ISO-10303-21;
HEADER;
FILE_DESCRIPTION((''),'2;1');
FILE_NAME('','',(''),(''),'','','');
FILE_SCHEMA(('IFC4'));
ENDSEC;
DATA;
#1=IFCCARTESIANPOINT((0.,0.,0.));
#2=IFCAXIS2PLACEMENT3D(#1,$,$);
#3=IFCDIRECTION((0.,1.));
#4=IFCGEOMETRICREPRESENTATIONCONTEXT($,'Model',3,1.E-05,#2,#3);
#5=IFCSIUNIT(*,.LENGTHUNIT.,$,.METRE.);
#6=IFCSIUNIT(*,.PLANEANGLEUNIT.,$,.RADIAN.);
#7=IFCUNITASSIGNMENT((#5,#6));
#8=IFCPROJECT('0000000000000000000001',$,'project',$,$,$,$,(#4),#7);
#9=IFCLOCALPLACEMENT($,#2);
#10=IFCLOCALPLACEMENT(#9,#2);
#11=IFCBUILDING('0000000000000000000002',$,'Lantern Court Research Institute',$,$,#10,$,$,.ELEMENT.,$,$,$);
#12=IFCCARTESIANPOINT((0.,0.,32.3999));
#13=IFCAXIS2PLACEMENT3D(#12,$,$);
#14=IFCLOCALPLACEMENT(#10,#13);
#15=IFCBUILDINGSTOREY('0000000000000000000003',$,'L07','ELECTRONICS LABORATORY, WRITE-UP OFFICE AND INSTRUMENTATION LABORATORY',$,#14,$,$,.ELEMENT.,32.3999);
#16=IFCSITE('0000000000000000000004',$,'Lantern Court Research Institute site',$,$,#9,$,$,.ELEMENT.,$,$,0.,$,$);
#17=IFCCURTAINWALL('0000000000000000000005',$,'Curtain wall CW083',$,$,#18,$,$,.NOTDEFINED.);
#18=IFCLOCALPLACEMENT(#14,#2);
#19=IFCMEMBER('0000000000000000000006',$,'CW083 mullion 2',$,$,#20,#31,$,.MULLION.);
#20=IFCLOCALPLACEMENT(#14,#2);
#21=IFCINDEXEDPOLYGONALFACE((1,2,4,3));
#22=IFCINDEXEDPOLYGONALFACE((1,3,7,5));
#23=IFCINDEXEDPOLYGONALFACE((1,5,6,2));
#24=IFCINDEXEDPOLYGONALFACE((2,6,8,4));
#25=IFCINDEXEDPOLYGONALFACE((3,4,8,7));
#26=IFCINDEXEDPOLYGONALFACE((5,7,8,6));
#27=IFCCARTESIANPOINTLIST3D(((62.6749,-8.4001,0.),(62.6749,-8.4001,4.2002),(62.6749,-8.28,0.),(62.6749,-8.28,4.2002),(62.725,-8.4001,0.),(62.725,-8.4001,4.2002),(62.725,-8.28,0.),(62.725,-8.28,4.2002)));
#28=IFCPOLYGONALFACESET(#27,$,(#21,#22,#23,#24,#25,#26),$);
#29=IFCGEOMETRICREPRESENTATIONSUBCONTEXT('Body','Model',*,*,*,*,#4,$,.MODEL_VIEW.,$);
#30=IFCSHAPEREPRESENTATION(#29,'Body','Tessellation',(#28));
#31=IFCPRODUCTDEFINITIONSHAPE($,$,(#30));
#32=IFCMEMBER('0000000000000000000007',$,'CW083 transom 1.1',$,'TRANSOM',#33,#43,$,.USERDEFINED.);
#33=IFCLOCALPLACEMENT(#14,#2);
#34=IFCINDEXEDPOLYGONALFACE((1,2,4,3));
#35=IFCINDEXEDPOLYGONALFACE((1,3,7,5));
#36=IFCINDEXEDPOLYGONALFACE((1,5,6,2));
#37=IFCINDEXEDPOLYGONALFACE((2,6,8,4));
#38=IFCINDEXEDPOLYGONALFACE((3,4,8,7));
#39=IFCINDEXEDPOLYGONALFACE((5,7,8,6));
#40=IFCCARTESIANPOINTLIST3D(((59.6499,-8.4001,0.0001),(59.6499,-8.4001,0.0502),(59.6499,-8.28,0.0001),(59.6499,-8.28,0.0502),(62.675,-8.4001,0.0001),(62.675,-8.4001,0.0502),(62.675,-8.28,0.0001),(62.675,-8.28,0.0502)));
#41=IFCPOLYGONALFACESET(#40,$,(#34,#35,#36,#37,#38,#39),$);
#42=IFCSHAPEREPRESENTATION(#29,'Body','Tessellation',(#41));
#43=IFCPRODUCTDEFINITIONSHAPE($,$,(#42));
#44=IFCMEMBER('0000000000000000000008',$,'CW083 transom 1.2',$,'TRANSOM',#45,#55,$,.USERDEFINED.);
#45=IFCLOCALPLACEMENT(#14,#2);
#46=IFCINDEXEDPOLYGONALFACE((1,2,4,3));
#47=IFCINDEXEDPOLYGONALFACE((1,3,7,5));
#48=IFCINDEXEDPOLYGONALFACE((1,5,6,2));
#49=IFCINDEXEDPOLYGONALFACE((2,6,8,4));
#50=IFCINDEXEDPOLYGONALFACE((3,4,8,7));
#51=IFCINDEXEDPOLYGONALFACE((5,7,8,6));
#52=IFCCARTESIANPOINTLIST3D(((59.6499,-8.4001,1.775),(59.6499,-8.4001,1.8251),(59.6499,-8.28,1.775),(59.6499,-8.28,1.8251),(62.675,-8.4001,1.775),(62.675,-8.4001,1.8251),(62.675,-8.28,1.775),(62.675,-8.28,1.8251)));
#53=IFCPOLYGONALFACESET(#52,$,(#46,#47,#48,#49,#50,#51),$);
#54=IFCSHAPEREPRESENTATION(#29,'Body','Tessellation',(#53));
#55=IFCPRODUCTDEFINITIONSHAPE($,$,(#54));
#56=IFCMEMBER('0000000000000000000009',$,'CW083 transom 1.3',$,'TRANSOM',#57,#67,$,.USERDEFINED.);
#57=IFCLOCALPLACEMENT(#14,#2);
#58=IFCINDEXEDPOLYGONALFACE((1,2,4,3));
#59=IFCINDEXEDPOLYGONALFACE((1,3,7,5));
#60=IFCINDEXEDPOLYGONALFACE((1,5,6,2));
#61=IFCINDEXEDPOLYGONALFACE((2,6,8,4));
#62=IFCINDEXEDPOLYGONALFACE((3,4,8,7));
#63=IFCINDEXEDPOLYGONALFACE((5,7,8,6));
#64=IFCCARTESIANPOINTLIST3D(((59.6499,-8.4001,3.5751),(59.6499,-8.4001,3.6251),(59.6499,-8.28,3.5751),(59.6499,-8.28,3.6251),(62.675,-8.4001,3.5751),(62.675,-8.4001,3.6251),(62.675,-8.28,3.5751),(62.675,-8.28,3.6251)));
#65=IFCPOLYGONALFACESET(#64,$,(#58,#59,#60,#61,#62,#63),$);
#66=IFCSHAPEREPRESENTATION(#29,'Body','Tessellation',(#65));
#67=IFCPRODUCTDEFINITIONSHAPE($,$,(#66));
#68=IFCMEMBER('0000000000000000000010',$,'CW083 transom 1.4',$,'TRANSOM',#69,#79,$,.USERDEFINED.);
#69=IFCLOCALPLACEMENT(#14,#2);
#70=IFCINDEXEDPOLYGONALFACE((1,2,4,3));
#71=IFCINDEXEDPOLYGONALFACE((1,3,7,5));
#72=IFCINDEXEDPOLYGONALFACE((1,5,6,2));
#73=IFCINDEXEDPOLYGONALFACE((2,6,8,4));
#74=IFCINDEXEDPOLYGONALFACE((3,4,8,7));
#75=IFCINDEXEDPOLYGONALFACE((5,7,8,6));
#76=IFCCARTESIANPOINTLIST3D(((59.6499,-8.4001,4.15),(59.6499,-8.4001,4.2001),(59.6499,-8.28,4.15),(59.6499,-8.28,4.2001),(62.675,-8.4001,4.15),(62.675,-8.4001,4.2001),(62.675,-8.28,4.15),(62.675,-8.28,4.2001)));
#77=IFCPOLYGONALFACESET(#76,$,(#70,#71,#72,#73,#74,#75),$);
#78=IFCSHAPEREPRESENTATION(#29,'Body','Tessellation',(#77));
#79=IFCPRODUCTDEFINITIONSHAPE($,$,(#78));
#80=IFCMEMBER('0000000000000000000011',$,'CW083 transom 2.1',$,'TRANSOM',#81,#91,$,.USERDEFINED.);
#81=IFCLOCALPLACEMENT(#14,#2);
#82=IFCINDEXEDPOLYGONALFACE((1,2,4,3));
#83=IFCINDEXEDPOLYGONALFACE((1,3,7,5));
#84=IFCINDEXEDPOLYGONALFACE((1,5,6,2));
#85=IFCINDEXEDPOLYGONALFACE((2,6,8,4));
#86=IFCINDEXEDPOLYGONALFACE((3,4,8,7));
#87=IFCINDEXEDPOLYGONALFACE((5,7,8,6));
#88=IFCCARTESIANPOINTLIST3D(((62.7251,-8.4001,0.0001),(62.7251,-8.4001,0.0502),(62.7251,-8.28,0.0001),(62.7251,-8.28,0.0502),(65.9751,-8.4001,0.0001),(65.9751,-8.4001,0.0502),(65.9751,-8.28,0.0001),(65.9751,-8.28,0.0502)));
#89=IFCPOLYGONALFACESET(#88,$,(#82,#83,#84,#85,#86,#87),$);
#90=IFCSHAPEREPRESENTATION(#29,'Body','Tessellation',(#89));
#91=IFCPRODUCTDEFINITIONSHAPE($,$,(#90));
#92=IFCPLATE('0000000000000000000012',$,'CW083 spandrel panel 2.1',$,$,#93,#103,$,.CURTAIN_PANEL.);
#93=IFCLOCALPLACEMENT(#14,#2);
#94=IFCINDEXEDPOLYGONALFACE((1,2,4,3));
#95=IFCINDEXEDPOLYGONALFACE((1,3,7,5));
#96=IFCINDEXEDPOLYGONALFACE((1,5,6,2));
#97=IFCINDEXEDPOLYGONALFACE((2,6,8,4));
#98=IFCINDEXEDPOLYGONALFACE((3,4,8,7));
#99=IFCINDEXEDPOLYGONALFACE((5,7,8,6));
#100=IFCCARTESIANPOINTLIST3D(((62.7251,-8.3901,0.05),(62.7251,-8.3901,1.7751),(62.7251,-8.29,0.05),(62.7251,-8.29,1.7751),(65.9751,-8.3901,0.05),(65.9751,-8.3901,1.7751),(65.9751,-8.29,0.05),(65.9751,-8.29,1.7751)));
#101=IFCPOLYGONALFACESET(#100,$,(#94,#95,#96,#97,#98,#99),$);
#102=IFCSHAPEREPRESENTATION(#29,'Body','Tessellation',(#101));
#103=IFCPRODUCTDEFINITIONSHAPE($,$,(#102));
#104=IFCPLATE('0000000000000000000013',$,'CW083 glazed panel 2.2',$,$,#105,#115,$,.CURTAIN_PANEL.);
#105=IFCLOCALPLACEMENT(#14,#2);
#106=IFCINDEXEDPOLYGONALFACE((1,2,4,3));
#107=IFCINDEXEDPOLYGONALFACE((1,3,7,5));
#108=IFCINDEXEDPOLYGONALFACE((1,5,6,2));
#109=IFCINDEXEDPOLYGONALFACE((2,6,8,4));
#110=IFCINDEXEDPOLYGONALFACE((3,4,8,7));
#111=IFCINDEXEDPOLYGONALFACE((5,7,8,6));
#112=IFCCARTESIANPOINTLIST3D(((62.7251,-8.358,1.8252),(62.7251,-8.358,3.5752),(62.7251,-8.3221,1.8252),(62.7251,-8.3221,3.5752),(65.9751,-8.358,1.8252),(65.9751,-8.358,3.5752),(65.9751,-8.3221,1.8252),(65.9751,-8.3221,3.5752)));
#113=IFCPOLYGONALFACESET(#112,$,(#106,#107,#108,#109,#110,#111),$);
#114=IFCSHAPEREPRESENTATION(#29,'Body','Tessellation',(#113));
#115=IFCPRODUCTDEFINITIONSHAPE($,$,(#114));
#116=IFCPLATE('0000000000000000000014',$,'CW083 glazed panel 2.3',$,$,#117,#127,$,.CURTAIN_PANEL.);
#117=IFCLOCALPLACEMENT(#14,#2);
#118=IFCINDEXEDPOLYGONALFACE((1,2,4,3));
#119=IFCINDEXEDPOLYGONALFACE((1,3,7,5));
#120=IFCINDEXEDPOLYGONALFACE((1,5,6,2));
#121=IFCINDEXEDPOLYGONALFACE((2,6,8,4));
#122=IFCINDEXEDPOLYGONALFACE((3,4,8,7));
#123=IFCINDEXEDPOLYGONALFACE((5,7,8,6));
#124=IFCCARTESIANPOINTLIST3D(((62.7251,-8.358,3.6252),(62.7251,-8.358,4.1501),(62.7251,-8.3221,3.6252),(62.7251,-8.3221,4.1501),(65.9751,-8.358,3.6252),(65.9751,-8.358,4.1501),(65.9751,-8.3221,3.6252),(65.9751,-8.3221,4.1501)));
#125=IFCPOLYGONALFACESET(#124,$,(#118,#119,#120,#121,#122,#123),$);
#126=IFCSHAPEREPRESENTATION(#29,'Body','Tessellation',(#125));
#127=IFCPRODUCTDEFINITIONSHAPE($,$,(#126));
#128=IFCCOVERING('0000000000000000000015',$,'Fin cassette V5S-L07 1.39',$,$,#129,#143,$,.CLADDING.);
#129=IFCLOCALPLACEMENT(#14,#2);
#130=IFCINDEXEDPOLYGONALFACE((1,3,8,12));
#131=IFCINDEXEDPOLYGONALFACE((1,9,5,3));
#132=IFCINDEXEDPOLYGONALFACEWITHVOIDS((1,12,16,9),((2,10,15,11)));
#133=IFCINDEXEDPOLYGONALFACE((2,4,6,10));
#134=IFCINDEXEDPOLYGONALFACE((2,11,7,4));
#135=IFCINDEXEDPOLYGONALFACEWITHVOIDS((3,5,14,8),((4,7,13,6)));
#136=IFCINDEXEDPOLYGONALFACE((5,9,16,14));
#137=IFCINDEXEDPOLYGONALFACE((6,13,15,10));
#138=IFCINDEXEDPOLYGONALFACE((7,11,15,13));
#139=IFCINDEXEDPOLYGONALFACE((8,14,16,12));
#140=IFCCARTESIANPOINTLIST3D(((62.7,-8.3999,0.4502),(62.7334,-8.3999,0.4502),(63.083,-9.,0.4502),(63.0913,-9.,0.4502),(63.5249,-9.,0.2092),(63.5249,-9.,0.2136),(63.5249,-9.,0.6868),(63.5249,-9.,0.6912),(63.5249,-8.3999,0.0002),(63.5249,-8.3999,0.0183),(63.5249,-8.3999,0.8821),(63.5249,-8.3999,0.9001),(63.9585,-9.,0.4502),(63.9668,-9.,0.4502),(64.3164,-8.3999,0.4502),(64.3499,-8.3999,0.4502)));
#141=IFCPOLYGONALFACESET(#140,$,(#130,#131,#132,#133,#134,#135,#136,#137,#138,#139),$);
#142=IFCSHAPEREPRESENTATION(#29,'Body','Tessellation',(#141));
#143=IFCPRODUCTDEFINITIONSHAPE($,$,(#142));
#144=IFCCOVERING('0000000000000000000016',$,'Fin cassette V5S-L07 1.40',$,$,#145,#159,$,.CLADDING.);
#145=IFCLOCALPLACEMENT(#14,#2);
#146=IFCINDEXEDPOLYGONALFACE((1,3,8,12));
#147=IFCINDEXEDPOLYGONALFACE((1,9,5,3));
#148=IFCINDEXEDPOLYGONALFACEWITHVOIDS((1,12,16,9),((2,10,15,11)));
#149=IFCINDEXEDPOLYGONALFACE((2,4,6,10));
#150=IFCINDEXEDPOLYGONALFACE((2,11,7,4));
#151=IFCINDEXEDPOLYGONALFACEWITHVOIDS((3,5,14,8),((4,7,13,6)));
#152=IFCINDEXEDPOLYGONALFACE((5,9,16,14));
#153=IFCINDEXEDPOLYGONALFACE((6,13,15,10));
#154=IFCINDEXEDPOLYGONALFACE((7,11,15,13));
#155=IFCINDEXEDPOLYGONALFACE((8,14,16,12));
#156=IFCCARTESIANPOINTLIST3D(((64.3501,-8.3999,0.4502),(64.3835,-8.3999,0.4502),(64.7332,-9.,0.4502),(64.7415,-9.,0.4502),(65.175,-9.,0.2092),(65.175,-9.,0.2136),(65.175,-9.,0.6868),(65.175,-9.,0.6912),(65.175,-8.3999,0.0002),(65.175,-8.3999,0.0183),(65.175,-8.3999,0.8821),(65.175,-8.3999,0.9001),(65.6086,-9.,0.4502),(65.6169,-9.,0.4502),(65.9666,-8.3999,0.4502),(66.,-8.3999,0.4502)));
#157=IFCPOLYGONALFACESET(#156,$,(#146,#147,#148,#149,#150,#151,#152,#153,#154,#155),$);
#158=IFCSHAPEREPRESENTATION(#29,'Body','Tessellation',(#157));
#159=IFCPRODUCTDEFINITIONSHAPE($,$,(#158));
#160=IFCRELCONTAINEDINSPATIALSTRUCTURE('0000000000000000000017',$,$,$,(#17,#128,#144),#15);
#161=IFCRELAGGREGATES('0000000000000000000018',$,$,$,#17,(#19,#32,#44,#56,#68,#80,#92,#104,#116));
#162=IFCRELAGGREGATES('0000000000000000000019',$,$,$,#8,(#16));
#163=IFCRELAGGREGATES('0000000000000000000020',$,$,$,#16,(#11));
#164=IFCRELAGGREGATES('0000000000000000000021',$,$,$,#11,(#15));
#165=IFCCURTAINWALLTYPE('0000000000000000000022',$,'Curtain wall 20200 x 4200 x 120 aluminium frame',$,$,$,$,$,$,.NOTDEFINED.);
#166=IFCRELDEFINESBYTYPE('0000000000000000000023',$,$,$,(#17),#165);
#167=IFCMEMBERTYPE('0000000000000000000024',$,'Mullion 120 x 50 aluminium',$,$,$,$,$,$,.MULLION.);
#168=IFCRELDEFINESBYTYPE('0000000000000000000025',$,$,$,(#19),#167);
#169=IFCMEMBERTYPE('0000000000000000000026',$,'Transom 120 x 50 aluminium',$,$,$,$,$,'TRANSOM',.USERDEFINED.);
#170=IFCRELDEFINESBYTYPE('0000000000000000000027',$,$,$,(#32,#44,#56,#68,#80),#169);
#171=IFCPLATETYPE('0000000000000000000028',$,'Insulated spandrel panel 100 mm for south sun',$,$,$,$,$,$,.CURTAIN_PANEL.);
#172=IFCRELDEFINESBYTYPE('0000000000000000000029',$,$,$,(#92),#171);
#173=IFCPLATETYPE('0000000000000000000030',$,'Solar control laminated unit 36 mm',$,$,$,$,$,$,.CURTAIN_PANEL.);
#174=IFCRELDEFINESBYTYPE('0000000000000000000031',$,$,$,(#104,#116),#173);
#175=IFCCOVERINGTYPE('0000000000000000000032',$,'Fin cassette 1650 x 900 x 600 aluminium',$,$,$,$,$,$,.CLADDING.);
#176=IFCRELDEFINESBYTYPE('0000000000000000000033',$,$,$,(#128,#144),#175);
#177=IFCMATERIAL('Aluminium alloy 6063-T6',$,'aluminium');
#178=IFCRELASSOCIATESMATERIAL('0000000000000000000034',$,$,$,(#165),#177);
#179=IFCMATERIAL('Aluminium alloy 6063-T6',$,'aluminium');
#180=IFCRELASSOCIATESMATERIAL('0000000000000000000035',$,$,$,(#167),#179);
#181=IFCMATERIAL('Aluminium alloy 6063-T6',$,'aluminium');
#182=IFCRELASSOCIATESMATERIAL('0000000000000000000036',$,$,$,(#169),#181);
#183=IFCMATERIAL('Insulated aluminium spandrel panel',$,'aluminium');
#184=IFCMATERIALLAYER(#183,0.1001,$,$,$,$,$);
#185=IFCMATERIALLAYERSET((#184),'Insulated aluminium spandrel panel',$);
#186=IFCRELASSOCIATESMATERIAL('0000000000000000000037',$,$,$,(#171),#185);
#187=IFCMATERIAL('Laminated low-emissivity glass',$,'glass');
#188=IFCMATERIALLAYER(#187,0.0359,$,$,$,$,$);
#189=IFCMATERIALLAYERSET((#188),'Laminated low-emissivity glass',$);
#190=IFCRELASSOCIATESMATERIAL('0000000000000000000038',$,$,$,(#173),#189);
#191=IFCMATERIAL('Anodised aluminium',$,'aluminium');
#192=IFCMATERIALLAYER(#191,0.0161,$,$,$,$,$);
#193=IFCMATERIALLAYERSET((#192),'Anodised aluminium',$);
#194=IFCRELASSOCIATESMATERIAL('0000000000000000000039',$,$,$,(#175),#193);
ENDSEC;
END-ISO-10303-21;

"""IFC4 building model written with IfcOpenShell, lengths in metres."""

from ifc_helpers import new_model, entity, si_unit, direction, frame, origin, origin_2d, place, context, subcontext, project, spatial, rectangle, extrude, material, layer, layer_set, material_profile, profile_set, type_object, element, aggregate, save


model = new_model("IFC4")

# Units and contexts
model_context = context("Model", 3, precision=1e-05, world=origin(), true_north=direction((0.0, 1.0)))
body_context = subcontext(model_context, "Body", "Model", "MODEL_VIEW")
ifc_project = project(units=[si_unit("LENGTHUNIT", "METRE"), si_unit("PLANEANGLEUNIT", "RADIAN")], contexts=[model_context])

# Site, building, storey
site_placement = place(None, origin())
site = spatial("IfcSite", under=ifc_project, at=site_placement, Name="Lantern Court Research Institute site", CompositionType="ELEMENT", RefElevation=0.0)
building_placement = place(site_placement, origin())
building = spatial("IfcBuilding", under=site, at=building_placement, Name="Lantern Court Research Institute", CompositionType="ELEMENT")
storey_placement = place(building_placement, frame((0.0, 0.0, 32.3999)))
storey = spatial("IfcBuildingStorey", under=building, at=storey_placement, Name="L07", Description="ELECTRONICS LABORATORY, WRITE-UP OFFICE AND INSTRUMENTATION LABORATORY", CompositionType="ELEMENT", Elevation=32.3999)

# Curtain wall, members, plates
ifc_material_1 = material(Name="Aluminium alloy 6063-T6", Category="aluminium")
curtain_wall_type = type_object("IfcCurtainWallType", Name="Curtain wall 20200 x 4200 x 120 aluminium frame", PredefinedType="NOTDEFINED", material=ifc_material_1)
curtain_wall_placement = place(storey_placement, origin())
curtain_wall = element("IfcCurtainWall", 1, at=curtain_wall_placement, inside=storey, type_object=curtain_wall_type, Name="Curtain wall CW083", PredefinedType="NOTDEFINED")
ifc_material_2 = material(Name="Aluminium alloy 6063-T6", Category="aluminium")
ifc_material_profile_1 = material_profile(ifc_material_2, rectangle(XDim=0.1201, YDim=0.05, at=origin_2d()), Name="Mullion 120 x 50")
ifc_profile_set_1 = profile_set([ifc_material_profile_1], Name="Aluminium alloy 6063-T6")
member_type_1 = type_object("IfcMemberType", Name="Mullion 120 x 50 aluminium", PredefinedType="MULLION", material=ifc_profile_set_1)
member_1_placement = place(storey_placement, frame((62.7, -8.3401, 0.0), z_axis=(0.0, 0.0, 1.0), x_axis=(0.0, -1.0, 0.0)))
member_1 = element("IfcMember", 2, at=member_1_placement, type_object=member_type_1, Name="CW083 mullion 2", PredefinedType="MULLION", context=body_context, shape_type="SweptSolid", body=[
    extrude(rectangle(XDim=0.1201, YDim=0.05, at=origin_2d()), origin(), (0.0, 0.0, 1.0), 4.2002),
])
ifc_material_3 = material(Name="Aluminium alloy 6063-T6", Category="aluminium")
ifc_material_profile_2 = material_profile(ifc_material_3, rectangle(XDim=0.1201, YDim=0.05, at=origin_2d()), Name="Transom 120 x 50")
ifc_profile_set_2 = profile_set([ifc_material_profile_2], Name="Aluminium alloy 6063-T6")
member_type_2 = type_object("IfcMemberType", Name="Transom 120 x 50 aluminium", ElementType="TRANSOM", PredefinedType="USERDEFINED", material=ifc_profile_set_2)
member_2_placement = place(storey_placement, frame((62.675, -8.3401, 0.0251), z_axis=(-1.0, 0.0, 0.0), x_axis=(0.0, -1.0, 0.0)))
member_2 = element("IfcMember", 3, at=member_2_placement, type_object=member_type_2, Name="CW083 transom 1.1", ObjectType="TRANSOM", PredefinedType="USERDEFINED", context=body_context, shape_type="SweptSolid", body=[
    extrude(rectangle(XDim=0.1201, YDim=0.05, at=origin_2d()), origin(), (0.0, 0.0, 1.0), 3.0251),
])
member_3_placement = place(storey_placement, frame((62.675, -8.3401, 1.8), z_axis=(-1.0, 0.0, 0.0), x_axis=(0.0, -1.0, 0.0)))
member_3 = element("IfcMember", 4, at=member_3_placement, type_object=member_type_2, Name="CW083 transom 1.2", ObjectType="TRANSOM", PredefinedType="USERDEFINED", context=body_context, shape_type="SweptSolid", body=[
    extrude(rectangle(XDim=0.1201, YDim=0.05, at=origin_2d()), origin(), (0.0, 0.0, 1.0), 3.0251),
])
member_4_placement = place(storey_placement, frame((62.675, -8.3401, 3.6001), z_axis=(-1.0, 0.0, 0.0), x_axis=(0.0, -1.0, 0.0)))
member_4 = element("IfcMember", 5, at=member_4_placement, type_object=member_type_2, Name="CW083 transom 1.3", ObjectType="TRANSOM", PredefinedType="USERDEFINED", context=body_context, shape_type="SweptSolid", body=[
    extrude(rectangle(XDim=0.1201, YDim=0.05, at=origin_2d()), origin(), (0.0, 0.0, 1.0), 3.0251),
])
member_5_placement = place(storey_placement, frame((62.675, -8.3401, 4.175), z_axis=(-1.0, 0.0, 0.0), x_axis=(0.0, -1.0, 0.0)))
member_5 = element("IfcMember", 6, at=member_5_placement, type_object=member_type_2, Name="CW083 transom 1.4", ObjectType="TRANSOM", PredefinedType="USERDEFINED", context=body_context, shape_type="SweptSolid", body=[
    extrude(rectangle(XDim=0.1201, YDim=0.05, at=origin_2d()), origin(), (0.0, 0.0, 1.0), 3.0251),
])
member_6_placement = place(storey_placement, frame((65.9751, -8.3401, 0.0251), z_axis=(-1.0, 0.0, 0.0), x_axis=(0.0, -1.0, 0.0)))
member_6 = element("IfcMember", 7, at=member_6_placement, type_object=member_type_2, Name="CW083 transom 2.1", ObjectType="TRANSOM", PredefinedType="USERDEFINED", context=body_context, shape_type="SweptSolid", body=[
    extrude(rectangle(XDim=0.1201, YDim=0.05, at=origin_2d()), origin(), (0.0, 0.0, 1.0), 3.25),
])
ifc_material_4 = material(Name="Insulated aluminium spandrel panel", Category="aluminium")
ifc_layer_1 = layer(ifc_material_4, 0.1001)
ifc_layer_set_1 = layer_set([ifc_layer_1], Name="Insulated aluminium spandrel panel")
plate_type_1 = type_object("IfcPlateType", Name="Insulated spandrel panel 100 mm for south sun", PredefinedType="CURTAIN_PANEL", material=ifc_layer_set_1)
plate_1_placement = place(storey_placement, frame((64.3501, -8.3401, 0.05), z_axis=(0.0, 0.0, 1.0), x_axis=(-1.0, 0.0, 0.0)))
plate_1 = element("IfcPlate", 8, at=plate_1_placement, type_object=plate_type_1, Name="CW083 spandrel panel 2.1", PredefinedType="CURTAIN_PANEL", context=body_context, shape_type="SweptSolid", body=[
    extrude(rectangle(XDim=3.25, YDim=0.1001, at=origin_2d()), origin(), (0.0, 0.0, 1.0), 1.7251),
])
ifc_material_5 = material(Name="Laminated low-emissivity glass", Category="glass")
ifc_layer_2 = layer(ifc_material_5, 0.0359)
ifc_layer_set_2 = layer_set([ifc_layer_2], Name="Laminated low-emissivity glass")
plate_type_2 = type_object("IfcPlateType", Name="Solar control laminated unit 36 mm", PredefinedType="CURTAIN_PANEL", material=ifc_layer_set_2)
plate_2_placement = place(storey_placement, frame((64.3501, -8.3401, 1.8252), z_axis=(0.0, 0.0, 1.0), x_axis=(-1.0, 0.0, 0.0)))
plate_2 = element("IfcPlate", 9, at=plate_2_placement, type_object=plate_type_2, Name="CW083 glazed panel 2.2", PredefinedType="CURTAIN_PANEL", context=body_context, shape_type="SweptSolid", body=[
    extrude(rectangle(XDim=3.25, YDim=0.0359, at=origin_2d()), origin(), (0.0, 0.0, 1.0), 1.75),
])
plate_3_placement = place(storey_placement, frame((64.3501, -8.3401, 3.6252), z_axis=(0.0, 0.0, 1.0), x_axis=(-1.0, 0.0, 0.0)))
plate_3 = element("IfcPlate", 10, at=plate_3_placement, type_object=plate_type_2, Name="CW083 glazed panel 2.3", PredefinedType="CURTAIN_PANEL", context=body_context, shape_type="SweptSolid", body=[
    extrude(rectangle(XDim=3.25, YDim=0.0359, at=origin_2d()), origin(), (0.0, 0.0, 1.0), 0.5249),
])
aggregate(curtain_wall, [member_1, member_2, member_3, member_4, member_5, member_6, plate_1, plate_2, plate_3])

# Coverings
ifc_material_6 = material(Name="Anodised aluminium", Category="aluminium")
ifc_layer_3 = layer(ifc_material_6, 0.0161)
ifc_layer_set_3 = layer_set([ifc_layer_3], Name="Anodised aluminium")
covering_type = type_object("IfcCoveringType", Name="Fin cassette 1650 x 900 x 600 aluminium", PredefinedType="CLADDING", material=ifc_layer_set_3)
covering_1_placement = place(storey_placement, frame((63.5249, -8.3999, 0.4502), z_axis=(0.0, -1.0, 0.0), x_axis=(1.0, 0.0, 0.0)))
cartesian_point_1 = entity("IfcCartesianPoint", [0.825, 0.0])
cartesian_point_2 = entity("IfcCartesianPoint", [0.7915, 0.0])
cartesian_point_3 = entity("IfcCartesianPoint", [0.4419, 0.0])
cartesian_point_4 = entity("IfcCartesianPoint", [0.4336, 0.0])
element("IfcCovering", 11, at=covering_1_placement, inside=storey, type_object=covering_type, Name="Fin cassette V5S-L07 1.39", PredefinedType="CLADDING", context=body_context, shape_type="SweptSolid", body=[
    entity("IfcExtrudedAreaSolidTapered", entity("IfcArbitraryProfileDefWithVoids", "AREA", None, entity("IfcPolyline", [cartesian_point_1, entity("IfcCartesianPoint", [0.0, 0.45]), entity("IfcCartesianPoint", [-0.825, 0.0]), entity("IfcCartesianPoint", [0.0, -0.45]), cartesian_point_1]), [entity("IfcPolyline", [cartesian_point_2, entity("IfcCartesianPoint", [0.0, 0.4319]), entity("IfcCartesianPoint", [-0.7915, 0.0]), entity("IfcCartesianPoint", [0.0, -0.4319]), cartesian_point_2])]), entity("IfcAxis2Placement3D", entity("IfcCartesianPoint", [0.0, 0.0, 0.0])), entity("IfcDirection", [0.0, 0.0, 1.0]), 0.6001, entity("IfcArbitraryProfileDefWithVoids", "AREA", None, entity("IfcPolyline", [cartesian_point_3, entity("IfcCartesianPoint", [0.0, 0.241]), entity("IfcCartesianPoint", [-0.4419, 0.0]), entity("IfcCartesianPoint", [0.0, -0.241]), cartesian_point_3]), [entity("IfcPolyline", [cartesian_point_4, entity("IfcCartesianPoint", [0.0, 0.2366]), entity("IfcCartesianPoint", [-0.4336, 0.0]), entity("IfcCartesianPoint", [0.0, -0.2366]), cartesian_point_4])])),
])
covering_2_placement = place(storey_placement, frame((65.175, -8.3999, 0.4502), z_axis=(0.0, -1.0, 0.0), x_axis=(1.0, 0.0, 0.0)))
cartesian_point_5 = entity("IfcCartesianPoint", [0.825, 0.0])
cartesian_point_6 = entity("IfcCartesianPoint", [0.7915, 0.0])
cartesian_point_7 = entity("IfcCartesianPoint", [0.4419, 0.0])
cartesian_point_8 = entity("IfcCartesianPoint", [0.4336, 0.0])
element("IfcCovering", 12, at=covering_2_placement, inside=storey, type_object=covering_type, Name="Fin cassette V5S-L07 1.40", PredefinedType="CLADDING", context=body_context, shape_type="SweptSolid", body=[
    entity("IfcExtrudedAreaSolidTapered", entity("IfcArbitraryProfileDefWithVoids", "AREA", None, entity("IfcPolyline", [cartesian_point_5, entity("IfcCartesianPoint", [0.0, 0.45]), entity("IfcCartesianPoint", [-0.825, 0.0]), entity("IfcCartesianPoint", [0.0, -0.45]), cartesian_point_5]), [entity("IfcPolyline", [cartesian_point_6, entity("IfcCartesianPoint", [0.0, 0.4319]), entity("IfcCartesianPoint", [-0.7915, 0.0]), entity("IfcCartesianPoint", [0.0, -0.4319]), cartesian_point_6])]), entity("IfcAxis2Placement3D", entity("IfcCartesianPoint", [0.0, 0.0, 0.0])), entity("IfcDirection", [0.0, 0.0, 1.0]), 0.6001, entity("IfcArbitraryProfileDefWithVoids", "AREA", None, entity("IfcPolyline", [cartesian_point_7, entity("IfcCartesianPoint", [0.0, 0.241]), entity("IfcCartesianPoint", [-0.4419, 0.0]), entity("IfcCartesianPoint", [0.0, -0.241]), cartesian_point_7]), [entity("IfcPolyline", [cartesian_point_8, entity("IfcCartesianPoint", [0.0, 0.2366]), entity("IfcCartesianPoint", [-0.4336, 0.0]), entity("IfcCartesianPoint", [0.0, -0.2366]), cartesian_point_8])])),
])

save(model, "model.ifc")
